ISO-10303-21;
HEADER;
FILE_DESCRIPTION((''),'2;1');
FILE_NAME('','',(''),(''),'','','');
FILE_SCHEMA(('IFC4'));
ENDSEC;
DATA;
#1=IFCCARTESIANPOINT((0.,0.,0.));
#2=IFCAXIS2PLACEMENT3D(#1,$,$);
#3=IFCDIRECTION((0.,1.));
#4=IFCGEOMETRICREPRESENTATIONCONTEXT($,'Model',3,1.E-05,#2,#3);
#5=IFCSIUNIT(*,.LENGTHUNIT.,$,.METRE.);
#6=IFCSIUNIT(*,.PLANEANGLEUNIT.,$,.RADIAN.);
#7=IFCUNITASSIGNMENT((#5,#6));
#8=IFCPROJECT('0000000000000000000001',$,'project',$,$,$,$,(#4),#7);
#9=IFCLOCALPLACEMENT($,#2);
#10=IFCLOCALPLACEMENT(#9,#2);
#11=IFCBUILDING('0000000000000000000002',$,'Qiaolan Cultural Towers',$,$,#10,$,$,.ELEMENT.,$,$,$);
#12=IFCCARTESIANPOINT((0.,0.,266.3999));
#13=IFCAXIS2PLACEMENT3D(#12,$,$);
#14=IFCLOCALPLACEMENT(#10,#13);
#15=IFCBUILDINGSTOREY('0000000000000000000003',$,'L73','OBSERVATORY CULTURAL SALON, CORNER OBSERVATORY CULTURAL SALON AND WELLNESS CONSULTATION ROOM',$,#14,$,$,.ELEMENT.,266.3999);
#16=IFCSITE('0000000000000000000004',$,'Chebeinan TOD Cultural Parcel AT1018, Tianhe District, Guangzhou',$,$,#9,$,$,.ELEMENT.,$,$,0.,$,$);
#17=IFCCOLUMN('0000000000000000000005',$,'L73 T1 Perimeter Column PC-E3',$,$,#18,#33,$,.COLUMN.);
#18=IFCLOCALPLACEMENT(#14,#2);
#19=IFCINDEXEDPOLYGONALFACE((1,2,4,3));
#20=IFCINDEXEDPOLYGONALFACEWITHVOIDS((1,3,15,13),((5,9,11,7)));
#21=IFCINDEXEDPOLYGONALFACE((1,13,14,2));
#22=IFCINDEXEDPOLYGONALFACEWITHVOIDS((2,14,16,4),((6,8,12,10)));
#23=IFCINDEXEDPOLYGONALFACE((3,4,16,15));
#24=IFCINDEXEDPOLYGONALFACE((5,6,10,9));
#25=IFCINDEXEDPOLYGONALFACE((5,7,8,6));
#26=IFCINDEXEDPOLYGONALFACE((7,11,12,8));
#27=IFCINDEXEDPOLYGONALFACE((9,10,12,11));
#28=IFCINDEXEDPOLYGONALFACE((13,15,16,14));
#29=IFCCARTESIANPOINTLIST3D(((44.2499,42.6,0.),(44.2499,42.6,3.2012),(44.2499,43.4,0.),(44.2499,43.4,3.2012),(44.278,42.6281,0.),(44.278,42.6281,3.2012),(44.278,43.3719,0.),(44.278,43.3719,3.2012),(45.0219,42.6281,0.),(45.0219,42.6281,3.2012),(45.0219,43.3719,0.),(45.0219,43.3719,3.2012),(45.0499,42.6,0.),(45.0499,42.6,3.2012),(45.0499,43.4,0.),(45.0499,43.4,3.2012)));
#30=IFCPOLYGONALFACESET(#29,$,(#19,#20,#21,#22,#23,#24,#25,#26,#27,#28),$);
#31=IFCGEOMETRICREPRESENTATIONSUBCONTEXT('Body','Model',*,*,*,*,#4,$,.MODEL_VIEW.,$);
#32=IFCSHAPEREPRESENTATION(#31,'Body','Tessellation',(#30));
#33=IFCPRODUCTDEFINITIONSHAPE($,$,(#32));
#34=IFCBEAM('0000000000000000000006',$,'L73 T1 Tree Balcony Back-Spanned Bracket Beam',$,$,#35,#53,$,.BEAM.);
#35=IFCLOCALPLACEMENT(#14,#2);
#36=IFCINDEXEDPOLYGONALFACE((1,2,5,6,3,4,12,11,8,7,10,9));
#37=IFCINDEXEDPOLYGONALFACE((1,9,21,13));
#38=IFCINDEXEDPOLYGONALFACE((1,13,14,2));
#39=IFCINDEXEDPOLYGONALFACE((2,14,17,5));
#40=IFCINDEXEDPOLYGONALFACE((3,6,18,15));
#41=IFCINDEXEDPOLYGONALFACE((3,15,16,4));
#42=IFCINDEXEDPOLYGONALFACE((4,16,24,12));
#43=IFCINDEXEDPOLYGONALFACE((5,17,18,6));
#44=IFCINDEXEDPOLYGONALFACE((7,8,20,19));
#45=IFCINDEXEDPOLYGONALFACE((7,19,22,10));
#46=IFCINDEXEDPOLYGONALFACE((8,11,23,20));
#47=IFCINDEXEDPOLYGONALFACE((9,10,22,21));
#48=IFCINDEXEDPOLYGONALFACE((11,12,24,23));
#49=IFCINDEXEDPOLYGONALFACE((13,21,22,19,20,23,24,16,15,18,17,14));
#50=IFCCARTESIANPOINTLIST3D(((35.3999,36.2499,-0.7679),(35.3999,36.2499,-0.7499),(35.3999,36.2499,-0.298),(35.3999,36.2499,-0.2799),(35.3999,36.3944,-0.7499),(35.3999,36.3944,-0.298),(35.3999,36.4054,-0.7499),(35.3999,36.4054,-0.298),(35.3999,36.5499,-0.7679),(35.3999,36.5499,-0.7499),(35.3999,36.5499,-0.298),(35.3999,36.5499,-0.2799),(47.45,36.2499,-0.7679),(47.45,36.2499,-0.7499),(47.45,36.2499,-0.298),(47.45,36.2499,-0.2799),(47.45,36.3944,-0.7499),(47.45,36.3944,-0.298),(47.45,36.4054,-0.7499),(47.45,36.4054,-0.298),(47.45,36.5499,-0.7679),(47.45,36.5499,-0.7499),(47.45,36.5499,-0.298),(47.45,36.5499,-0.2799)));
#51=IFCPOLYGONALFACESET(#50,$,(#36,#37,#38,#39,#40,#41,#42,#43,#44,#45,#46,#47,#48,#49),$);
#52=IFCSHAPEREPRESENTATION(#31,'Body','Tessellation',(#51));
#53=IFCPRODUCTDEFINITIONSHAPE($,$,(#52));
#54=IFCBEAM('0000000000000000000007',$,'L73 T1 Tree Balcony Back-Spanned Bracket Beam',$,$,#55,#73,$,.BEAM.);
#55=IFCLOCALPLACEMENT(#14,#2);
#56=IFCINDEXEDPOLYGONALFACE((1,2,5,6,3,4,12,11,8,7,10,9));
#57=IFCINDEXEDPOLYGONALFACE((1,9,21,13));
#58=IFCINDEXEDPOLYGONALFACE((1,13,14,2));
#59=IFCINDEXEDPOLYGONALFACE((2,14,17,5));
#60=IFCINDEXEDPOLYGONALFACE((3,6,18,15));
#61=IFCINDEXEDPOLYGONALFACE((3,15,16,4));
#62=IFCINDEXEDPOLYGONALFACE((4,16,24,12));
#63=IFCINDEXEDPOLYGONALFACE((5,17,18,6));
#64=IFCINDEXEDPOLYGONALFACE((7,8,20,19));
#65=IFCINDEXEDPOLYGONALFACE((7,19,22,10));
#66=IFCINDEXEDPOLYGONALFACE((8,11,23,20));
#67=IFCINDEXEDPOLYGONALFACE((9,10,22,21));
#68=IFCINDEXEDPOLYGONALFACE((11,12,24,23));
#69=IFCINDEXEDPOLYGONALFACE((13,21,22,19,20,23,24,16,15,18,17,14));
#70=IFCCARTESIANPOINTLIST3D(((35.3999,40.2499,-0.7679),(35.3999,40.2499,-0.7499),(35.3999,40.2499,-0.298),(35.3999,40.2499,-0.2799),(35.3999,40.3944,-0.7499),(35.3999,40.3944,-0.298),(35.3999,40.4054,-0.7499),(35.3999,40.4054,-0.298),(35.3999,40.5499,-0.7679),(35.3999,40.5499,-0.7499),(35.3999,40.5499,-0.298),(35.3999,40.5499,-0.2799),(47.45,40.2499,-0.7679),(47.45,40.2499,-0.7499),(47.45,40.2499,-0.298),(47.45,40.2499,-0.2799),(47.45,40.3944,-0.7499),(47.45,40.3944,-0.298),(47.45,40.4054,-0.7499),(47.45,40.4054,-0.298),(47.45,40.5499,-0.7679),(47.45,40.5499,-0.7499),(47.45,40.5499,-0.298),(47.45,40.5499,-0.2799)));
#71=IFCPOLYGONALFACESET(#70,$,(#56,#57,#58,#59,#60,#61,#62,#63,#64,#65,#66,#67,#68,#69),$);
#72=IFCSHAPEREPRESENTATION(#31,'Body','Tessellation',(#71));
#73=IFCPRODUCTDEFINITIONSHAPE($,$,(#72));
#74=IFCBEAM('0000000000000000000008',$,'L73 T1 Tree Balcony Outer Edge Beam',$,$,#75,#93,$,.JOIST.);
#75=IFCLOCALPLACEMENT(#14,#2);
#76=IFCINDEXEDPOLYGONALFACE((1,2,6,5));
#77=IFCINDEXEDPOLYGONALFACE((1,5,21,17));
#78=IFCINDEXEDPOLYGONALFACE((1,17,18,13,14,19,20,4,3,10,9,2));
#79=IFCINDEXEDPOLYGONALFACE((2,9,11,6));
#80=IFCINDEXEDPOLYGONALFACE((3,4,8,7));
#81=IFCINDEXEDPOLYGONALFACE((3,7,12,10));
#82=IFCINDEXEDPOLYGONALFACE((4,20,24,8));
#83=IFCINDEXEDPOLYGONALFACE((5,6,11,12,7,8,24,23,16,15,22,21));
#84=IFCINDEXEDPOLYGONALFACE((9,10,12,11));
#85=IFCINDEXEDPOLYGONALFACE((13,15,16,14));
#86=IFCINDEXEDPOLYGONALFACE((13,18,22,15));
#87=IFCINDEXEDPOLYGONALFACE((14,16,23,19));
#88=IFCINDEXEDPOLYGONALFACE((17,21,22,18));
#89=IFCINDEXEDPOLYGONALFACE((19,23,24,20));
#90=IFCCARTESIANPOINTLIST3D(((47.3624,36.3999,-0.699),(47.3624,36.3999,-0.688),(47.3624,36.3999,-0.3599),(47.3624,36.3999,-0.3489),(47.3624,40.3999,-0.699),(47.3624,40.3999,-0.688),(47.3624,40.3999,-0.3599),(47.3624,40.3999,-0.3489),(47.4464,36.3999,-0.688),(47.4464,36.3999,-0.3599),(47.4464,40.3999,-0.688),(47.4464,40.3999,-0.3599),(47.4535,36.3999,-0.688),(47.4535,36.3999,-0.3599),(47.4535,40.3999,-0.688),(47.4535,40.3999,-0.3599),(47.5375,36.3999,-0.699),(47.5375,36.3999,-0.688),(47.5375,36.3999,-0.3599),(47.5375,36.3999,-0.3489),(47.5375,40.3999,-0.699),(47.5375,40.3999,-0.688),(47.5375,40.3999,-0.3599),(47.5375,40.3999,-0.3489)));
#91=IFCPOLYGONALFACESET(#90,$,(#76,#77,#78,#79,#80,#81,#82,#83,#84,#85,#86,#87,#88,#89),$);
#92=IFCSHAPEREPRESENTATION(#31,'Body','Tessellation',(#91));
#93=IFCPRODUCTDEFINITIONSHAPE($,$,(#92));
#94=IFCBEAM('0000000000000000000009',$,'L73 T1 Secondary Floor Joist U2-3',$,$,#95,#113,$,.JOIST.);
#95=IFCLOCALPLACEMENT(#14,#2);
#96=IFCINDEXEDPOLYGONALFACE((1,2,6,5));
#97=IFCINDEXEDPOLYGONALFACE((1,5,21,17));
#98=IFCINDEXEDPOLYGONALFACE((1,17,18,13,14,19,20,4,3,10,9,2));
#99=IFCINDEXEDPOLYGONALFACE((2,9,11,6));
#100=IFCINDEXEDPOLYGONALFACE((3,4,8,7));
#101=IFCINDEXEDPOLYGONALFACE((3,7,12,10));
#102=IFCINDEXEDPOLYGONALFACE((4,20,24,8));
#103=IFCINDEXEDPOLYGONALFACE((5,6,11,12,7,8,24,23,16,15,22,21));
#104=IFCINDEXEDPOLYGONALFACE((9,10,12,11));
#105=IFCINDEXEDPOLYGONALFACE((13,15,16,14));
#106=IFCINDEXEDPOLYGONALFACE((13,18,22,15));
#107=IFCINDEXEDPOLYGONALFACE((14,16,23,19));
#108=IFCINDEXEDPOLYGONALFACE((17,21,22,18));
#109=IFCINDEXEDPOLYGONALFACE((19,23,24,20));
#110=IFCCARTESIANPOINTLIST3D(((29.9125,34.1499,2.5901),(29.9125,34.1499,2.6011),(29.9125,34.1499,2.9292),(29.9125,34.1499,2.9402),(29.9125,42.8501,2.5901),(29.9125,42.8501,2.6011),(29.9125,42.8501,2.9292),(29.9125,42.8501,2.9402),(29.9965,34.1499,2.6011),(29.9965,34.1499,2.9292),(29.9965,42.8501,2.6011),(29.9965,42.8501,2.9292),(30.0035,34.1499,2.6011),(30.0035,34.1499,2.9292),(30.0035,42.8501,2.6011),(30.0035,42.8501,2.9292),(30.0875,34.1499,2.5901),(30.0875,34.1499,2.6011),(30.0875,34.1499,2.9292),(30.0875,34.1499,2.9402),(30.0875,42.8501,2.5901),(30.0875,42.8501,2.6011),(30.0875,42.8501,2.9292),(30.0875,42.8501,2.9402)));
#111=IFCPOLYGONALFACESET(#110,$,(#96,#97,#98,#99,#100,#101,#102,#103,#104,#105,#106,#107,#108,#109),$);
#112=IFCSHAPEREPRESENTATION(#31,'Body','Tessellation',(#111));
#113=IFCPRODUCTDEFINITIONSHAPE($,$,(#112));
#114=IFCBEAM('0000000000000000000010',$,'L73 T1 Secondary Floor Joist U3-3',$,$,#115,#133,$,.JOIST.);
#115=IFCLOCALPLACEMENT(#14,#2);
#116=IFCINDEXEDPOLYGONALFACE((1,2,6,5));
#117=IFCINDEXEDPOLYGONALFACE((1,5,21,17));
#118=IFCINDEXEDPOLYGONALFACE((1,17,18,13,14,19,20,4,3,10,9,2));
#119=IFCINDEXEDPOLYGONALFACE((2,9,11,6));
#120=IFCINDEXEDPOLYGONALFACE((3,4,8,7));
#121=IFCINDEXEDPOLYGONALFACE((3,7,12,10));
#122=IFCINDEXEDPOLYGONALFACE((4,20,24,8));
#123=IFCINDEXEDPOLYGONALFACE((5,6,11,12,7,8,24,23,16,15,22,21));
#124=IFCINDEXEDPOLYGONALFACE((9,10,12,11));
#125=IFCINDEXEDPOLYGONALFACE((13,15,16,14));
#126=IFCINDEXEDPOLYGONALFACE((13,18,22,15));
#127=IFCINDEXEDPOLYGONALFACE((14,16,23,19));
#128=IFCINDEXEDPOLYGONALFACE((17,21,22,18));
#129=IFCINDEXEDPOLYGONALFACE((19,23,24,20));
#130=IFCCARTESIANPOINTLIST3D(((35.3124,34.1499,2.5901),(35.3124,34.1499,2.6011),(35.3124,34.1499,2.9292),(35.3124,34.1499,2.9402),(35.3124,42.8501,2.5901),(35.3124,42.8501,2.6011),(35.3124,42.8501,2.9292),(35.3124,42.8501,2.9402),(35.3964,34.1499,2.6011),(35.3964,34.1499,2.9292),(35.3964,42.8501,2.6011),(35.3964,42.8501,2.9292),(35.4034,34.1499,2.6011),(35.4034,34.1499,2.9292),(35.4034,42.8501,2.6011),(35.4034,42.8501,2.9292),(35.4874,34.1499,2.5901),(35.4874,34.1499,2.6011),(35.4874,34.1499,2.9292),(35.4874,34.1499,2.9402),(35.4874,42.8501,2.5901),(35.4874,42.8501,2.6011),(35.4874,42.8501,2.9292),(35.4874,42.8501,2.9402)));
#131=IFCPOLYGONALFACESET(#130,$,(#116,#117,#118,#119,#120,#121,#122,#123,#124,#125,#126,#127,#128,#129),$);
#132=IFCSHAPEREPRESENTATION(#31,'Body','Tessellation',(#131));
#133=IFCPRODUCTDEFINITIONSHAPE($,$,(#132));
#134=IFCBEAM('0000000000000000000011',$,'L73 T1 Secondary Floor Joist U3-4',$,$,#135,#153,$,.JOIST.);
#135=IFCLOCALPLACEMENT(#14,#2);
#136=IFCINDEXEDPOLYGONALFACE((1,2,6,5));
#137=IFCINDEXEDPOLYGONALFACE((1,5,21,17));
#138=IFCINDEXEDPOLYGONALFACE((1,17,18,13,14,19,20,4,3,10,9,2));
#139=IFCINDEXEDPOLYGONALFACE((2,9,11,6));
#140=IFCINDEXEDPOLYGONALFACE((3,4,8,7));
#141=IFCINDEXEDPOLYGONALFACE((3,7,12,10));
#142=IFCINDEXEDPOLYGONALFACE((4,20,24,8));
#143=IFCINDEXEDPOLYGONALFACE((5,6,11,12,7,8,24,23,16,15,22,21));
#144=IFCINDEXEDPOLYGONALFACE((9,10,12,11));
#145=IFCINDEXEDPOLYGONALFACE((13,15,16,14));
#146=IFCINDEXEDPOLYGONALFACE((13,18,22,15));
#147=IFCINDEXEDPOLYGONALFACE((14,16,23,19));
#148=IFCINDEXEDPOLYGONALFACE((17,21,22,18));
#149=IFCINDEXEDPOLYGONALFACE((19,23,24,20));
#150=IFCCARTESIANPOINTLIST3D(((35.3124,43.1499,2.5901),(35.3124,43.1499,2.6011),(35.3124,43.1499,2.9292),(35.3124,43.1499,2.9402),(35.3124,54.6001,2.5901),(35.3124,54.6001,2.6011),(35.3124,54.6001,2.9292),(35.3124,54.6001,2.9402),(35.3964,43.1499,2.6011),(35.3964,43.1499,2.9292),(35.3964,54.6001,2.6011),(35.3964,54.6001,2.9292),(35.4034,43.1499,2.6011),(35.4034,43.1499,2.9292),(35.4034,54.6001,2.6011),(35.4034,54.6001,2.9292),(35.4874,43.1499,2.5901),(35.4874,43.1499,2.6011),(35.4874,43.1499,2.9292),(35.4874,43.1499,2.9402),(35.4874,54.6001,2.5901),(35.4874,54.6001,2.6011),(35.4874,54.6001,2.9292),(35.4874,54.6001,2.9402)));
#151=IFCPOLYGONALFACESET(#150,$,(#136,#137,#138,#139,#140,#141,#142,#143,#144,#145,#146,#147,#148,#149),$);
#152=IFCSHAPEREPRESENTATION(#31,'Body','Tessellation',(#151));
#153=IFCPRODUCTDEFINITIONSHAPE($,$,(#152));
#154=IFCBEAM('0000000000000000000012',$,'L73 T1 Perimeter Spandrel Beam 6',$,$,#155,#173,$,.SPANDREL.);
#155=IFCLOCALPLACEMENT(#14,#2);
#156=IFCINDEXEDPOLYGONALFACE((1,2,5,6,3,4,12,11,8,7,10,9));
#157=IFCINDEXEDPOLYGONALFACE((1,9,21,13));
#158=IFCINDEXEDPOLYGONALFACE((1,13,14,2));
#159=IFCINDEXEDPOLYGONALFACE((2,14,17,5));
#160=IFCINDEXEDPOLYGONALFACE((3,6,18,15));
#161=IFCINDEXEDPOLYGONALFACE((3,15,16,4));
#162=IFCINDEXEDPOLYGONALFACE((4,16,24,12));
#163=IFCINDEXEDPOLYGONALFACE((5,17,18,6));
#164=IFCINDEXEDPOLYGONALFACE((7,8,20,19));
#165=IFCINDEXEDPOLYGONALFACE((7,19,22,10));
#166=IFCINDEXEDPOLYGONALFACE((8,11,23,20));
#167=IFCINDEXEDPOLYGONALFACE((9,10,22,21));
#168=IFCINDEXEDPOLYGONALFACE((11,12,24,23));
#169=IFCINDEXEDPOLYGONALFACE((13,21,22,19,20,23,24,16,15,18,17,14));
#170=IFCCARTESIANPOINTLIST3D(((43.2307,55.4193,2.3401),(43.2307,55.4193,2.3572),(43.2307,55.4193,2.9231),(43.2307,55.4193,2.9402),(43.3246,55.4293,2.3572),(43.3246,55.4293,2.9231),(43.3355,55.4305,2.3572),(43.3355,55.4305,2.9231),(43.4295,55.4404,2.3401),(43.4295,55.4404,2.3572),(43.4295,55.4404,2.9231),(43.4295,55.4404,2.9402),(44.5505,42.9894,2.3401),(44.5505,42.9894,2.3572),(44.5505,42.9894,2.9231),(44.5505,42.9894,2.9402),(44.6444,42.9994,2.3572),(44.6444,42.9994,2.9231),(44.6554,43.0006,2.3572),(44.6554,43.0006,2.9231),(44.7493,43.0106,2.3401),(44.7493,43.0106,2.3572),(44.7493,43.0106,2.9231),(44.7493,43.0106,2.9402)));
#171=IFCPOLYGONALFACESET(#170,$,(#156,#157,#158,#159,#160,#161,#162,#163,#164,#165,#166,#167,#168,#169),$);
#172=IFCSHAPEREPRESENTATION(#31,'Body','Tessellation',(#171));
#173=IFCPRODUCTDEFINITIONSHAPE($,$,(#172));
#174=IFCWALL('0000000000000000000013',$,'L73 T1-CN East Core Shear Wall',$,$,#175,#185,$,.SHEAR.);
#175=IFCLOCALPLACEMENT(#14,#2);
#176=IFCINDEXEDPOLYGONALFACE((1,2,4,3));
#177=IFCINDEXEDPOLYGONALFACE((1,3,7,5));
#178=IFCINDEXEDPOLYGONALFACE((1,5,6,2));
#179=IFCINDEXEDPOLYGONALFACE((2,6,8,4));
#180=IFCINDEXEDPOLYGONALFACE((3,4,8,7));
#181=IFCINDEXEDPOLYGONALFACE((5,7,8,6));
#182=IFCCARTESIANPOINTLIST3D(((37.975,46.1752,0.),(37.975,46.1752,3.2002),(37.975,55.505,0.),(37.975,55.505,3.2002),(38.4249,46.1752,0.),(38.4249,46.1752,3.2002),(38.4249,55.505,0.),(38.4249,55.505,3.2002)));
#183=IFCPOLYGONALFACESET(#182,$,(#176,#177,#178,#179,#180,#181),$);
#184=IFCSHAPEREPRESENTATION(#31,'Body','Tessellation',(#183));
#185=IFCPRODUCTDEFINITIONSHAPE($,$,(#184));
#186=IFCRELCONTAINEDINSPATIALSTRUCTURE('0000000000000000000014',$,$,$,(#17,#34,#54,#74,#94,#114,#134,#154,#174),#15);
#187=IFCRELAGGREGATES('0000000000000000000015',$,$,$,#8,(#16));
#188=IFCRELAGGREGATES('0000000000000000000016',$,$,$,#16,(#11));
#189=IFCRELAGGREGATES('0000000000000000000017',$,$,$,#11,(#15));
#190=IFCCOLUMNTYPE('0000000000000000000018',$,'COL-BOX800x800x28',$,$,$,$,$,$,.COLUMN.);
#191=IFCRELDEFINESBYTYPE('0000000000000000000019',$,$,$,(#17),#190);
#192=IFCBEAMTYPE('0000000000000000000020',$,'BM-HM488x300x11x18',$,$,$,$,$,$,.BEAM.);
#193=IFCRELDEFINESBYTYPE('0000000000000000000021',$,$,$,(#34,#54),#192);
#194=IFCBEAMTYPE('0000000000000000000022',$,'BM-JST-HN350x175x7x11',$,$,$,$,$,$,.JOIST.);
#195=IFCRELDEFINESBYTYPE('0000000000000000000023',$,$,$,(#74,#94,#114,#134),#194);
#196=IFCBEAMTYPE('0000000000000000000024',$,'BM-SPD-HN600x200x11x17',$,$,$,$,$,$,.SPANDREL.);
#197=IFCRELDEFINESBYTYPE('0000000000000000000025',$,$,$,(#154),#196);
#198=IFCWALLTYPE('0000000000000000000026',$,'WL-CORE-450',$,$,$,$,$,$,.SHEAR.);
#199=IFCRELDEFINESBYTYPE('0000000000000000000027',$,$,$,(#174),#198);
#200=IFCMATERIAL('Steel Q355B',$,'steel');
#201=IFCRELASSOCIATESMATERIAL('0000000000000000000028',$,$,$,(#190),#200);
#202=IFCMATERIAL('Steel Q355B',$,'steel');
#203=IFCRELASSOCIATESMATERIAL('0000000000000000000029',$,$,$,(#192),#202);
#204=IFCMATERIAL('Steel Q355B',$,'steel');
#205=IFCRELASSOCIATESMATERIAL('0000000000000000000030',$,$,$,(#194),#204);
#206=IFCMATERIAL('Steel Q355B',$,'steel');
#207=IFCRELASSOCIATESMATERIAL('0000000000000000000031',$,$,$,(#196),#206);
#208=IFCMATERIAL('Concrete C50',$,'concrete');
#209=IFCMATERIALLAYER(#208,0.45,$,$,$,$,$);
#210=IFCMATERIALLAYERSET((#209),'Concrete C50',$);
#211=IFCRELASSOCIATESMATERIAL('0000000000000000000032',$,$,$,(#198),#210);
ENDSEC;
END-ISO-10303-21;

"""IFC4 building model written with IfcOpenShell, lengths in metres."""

from ifc_helpers import new_model, si_unit, direction, frame, frame_2d, origin, origin_2d, place, context, subcontext, project, spatial, rectangle, hollow_rectangle, i_section, extrude, material, layer, layer_set, material_profile, profile_set, type_object, element, save


model = new_model("IFC4")

# Units and contexts
model_context = context("Model", 3, precision=1e-05, world=origin(), true_north=direction((0.0, 1.0)))
body_context = subcontext(model_context, "Body", "Model", "MODEL_VIEW")
ifc_project = project(units=[si_unit("LENGTHUNIT", "METRE"), si_unit("PLANEANGLEUNIT", "RADIAN")], contexts=[model_context])

# Site, building, storey
site_placement = place(None, origin())
site = spatial("IfcSite", under=ifc_project, at=site_placement, Name="Chebeinan TOD Cultural Parcel AT1018, Tianhe District, Guangzhou", CompositionType="ELEMENT", RefElevation=0.0)
building_placement = place(site_placement, origin())
building = spatial("IfcBuilding", under=site, at=building_placement, Name="Qiaolan Cultural Towers", CompositionType="ELEMENT")
storey_placement = place(building_placement, frame((0.0, 0.0, 266.3999)))
storey = spatial("IfcBuildingStorey", under=building, at=storey_placement, Name="L73", Description="OBSERVATORY CULTURAL SALON, CORNER OBSERVATORY CULTURAL SALON AND WELLNESS CONSULTATION ROOM", CompositionType="ELEMENT", Elevation=266.3999)

# Column
ifc_material_1 = material(Name="Steel Q355B", Category="steel")
ifc_material_profile_1 = material_profile(ifc_material_1, hollow_rectangle(XDim=0.8, YDim=0.8, WallThickness=0.0281, at=origin_2d()), Name="BOX800x800x28")
ifc_profile_set_1 = profile_set([ifc_material_profile_1], Name="Steel Q355B")
column_type = type_object("IfcColumnType", Name="COL-BOX800x800x28", PredefinedType="COLUMN", material=ifc_profile_set_1)
column_placement = place(storey_placement, frame((44.6499, 43.0, 0.0), z_axis=(0.0, 0.0, 1.0), x_axis=(1.0, 0.0, 0.0)))
element("IfcColumn", 1, at=column_placement, inside=storey, type_object=column_type, Name="L73 T1 Perimeter Column PC-E3", PredefinedType="COLUMN", context=body_context, shape_type="SweptSolid", body=[
    extrude(hollow_rectangle(XDim=0.8, YDim=0.8, WallThickness=0.0281, at=origin_2d()), origin(), (0.0, 0.0, 1.0), 3.2012),
])

# Beams
ifc_material_2 = material(Name="Steel Q355B", Category="steel")
ifc_material_profile_2 = material_profile(ifc_material_2, i_section(OverallWidth=0.3, OverallDepth=0.488, WebThickness=0.011, FlangeThickness=0.0181, at=origin_2d()), Name="HM488x300x11x18")
ifc_profile_set_2 = profile_set([ifc_material_profile_2], Name="Steel Q355B")
beam_type_1 = type_object("IfcBeamType", Name="BM-HM488x300x11x18", PredefinedType="BEAM", material=ifc_profile_set_2)
for number, where, z_axis, x_axis, name in (
    (2, (35.3999, 36.3999, -0.5239), (1.0, 0.0, 0.0), (0.0, 1.0, 0.0), "L73 T1 Tree Balcony Back-Spanned Bracket Beam"),
    (3, (35.3999, 40.3999, -0.5239), (1.0, 0.0, 0.0), (0.0, 1.0, 0.0), "L73 T1 Tree Balcony Back-Spanned Bracket Beam"),
):
    element("IfcBeam", number, at=place(storey_placement, frame(where, z_axis=z_axis, x_axis=x_axis)), inside=storey, type_object=beam_type_1, Name=name, PredefinedType="BEAM", context=body_context, shape_type="SweptSolid", body=[
        extrude(i_section(OverallWidth=0.3, OverallDepth=0.488, WebThickness=0.011, FlangeThickness=0.0181, at=origin_2d()), origin(), (0.0, 0.0, 1.0), 12.05),
    ])
ifc_material_3 = material(Name="Steel Q355B", Category="steel")
ifc_material_profile_3 = material_profile(ifc_material_3, i_section(OverallWidth=0.175, OverallDepth=0.3501, WebThickness=0.0071, FlangeThickness=0.011, at=origin_2d()), Name="HN350x175x7x11")
ifc_profile_set_3 = profile_set([ifc_material_profile_3], Name="Steel Q355B")
beam_type_2 = type_object("IfcBeamType", Name="BM-JST-HN350x175x7x11", PredefinedType="JOIST", material=ifc_profile_set_3)
beam_1_placement = place(storey_placement, frame((47.45, 36.3999, -0.5239), z_axis=(0.0, 1.0, 0.0), x_axis=(-1.0, 0.0, 0.0)))
element("IfcBeam", 4, at=beam_1_placement, inside=storey, type_object=beam_type_2, Name="L73 T1 Tree Balcony Outer Edge Beam", PredefinedType="JOIST", context=body_context, shape_type="SweptSolid", body=[
    extrude(i_section(OverallWidth=0.175, OverallDepth=0.3501, WebThickness=0.0071, FlangeThickness=0.011, at=origin_2d()), origin(), (0.0, 0.0, 1.0), 4.0),
])
for number, where, z_axis, x_axis, name in (
    (5, (30.0, 34.1499, 2.7651), (0.0, 1.0, 0.0), (-1.0, 0.0, 0.0), "L73 T1 Secondary Floor Joist U2-3"),
    (6, (35.3999, 34.1499, 2.7651), (0.0, 1.0, 0.0), (-1.0, 0.0, 0.0), "L73 T1 Secondary Floor Joist U3-3"),
):
    element("IfcBeam", number, at=place(storey_placement, frame(where, z_axis=z_axis, x_axis=x_axis)), inside=storey, type_object=beam_type_2, Name=name, PredefinedType="JOIST", context=body_context, shape_type="SweptSolid", body=[
        extrude(i_section(OverallWidth=0.175, OverallDepth=0.3501, WebThickness=0.0071, FlangeThickness=0.011, at=origin_2d()), origin(), (0.0, 0.0, 1.0), 8.7002),
    ])
beam_2_placement = place(storey_placement, frame((35.3999, 43.1499, 2.7651), z_axis=(0.0, 1.0, 0.0), x_axis=(-1.0, 0.0, 0.0)))
element("IfcBeam", 7, at=beam_2_placement, inside=storey, type_object=beam_type_2, Name="L73 T1 Secondary Floor Joist U3-4", PredefinedType="JOIST", context=body_context, shape_type="SweptSolid", body=[
    extrude(i_section(OverallWidth=0.175, OverallDepth=0.3501, WebThickness=0.0071, FlangeThickness=0.011, at=origin_2d()), origin(), (0.0, 0.0, 1.0), 11.4502),
])
ifc_material_4 = material(Name="Steel Q355B", Category="steel")
ifc_material_profile_4 = material_profile(ifc_material_4, i_section(OverallWidth=0.2, OverallDepth=0.6001, WebThickness=0.011, FlangeThickness=0.0171, at=origin_2d()), Name="HN600x200x11x17")
ifc_profile_set_4 = profile_set([ifc_material_profile_4], Name="Steel Q355B")
beam_type_3 = type_object("IfcBeamType", Name="BM-SPD-HN600x200x11x17", PredefinedType="SPANDREL", material=ifc_profile_set_4)
beam_3_placement = place(storey_placement, frame((44.6499, 43.0, 2.6401), z_axis=(-0.105588, 0.99441, 0.0), x_axis=(-0.99441, -0.105588, 0.0)))
element("IfcBeam", 8, at=beam_3_placement, inside=storey, type_object=beam_type_3, Name="L73 T1 Perimeter Spandrel Beam 6", PredefinedType="SPANDREL", context=body_context, shape_type="SweptSolid", body=[
    extrude(i_section(OverallWidth=0.2, OverallDepth=0.6001, WebThickness=0.011, FlangeThickness=0.0171, at=origin_2d()), origin(), (0.0, 0.0, 1.0), 12.4998),
])

# Wall
ifc_material_5 = material(Name="Concrete C50", Category="concrete")
ifc_layer_1 = layer(ifc_material_5, 0.45)
ifc_layer_set_1 = layer_set([ifc_layer_1], Name="Concrete C50")
wall_type_1 = type_object("IfcWallType", Name="WL-CORE-450", PredefinedType="SHEAR", material=ifc_layer_set_1)
wall_1_placement = place(storey_placement, frame((38.2, 46.175, 0.0), z_axis=(0.0, 0.0, 1.0), x_axis=(0.0, 1.0, 0.0)))
element("IfcWall", 9, at=wall_1_placement, inside=storey, type_object=wall_type_1, Name="L73 T1-CN East Core Shear Wall", PredefinedType="SHEAR", context=body_context, shape_type="SweptSolid", body=[
    extrude(rectangle(XDim=9.3298, YDim=0.45, at=frame_2d((4.665, 0.0))), origin(), (0.0, 0.0, 1.0), 3.2002),
])

save(model, "model.ifc")
